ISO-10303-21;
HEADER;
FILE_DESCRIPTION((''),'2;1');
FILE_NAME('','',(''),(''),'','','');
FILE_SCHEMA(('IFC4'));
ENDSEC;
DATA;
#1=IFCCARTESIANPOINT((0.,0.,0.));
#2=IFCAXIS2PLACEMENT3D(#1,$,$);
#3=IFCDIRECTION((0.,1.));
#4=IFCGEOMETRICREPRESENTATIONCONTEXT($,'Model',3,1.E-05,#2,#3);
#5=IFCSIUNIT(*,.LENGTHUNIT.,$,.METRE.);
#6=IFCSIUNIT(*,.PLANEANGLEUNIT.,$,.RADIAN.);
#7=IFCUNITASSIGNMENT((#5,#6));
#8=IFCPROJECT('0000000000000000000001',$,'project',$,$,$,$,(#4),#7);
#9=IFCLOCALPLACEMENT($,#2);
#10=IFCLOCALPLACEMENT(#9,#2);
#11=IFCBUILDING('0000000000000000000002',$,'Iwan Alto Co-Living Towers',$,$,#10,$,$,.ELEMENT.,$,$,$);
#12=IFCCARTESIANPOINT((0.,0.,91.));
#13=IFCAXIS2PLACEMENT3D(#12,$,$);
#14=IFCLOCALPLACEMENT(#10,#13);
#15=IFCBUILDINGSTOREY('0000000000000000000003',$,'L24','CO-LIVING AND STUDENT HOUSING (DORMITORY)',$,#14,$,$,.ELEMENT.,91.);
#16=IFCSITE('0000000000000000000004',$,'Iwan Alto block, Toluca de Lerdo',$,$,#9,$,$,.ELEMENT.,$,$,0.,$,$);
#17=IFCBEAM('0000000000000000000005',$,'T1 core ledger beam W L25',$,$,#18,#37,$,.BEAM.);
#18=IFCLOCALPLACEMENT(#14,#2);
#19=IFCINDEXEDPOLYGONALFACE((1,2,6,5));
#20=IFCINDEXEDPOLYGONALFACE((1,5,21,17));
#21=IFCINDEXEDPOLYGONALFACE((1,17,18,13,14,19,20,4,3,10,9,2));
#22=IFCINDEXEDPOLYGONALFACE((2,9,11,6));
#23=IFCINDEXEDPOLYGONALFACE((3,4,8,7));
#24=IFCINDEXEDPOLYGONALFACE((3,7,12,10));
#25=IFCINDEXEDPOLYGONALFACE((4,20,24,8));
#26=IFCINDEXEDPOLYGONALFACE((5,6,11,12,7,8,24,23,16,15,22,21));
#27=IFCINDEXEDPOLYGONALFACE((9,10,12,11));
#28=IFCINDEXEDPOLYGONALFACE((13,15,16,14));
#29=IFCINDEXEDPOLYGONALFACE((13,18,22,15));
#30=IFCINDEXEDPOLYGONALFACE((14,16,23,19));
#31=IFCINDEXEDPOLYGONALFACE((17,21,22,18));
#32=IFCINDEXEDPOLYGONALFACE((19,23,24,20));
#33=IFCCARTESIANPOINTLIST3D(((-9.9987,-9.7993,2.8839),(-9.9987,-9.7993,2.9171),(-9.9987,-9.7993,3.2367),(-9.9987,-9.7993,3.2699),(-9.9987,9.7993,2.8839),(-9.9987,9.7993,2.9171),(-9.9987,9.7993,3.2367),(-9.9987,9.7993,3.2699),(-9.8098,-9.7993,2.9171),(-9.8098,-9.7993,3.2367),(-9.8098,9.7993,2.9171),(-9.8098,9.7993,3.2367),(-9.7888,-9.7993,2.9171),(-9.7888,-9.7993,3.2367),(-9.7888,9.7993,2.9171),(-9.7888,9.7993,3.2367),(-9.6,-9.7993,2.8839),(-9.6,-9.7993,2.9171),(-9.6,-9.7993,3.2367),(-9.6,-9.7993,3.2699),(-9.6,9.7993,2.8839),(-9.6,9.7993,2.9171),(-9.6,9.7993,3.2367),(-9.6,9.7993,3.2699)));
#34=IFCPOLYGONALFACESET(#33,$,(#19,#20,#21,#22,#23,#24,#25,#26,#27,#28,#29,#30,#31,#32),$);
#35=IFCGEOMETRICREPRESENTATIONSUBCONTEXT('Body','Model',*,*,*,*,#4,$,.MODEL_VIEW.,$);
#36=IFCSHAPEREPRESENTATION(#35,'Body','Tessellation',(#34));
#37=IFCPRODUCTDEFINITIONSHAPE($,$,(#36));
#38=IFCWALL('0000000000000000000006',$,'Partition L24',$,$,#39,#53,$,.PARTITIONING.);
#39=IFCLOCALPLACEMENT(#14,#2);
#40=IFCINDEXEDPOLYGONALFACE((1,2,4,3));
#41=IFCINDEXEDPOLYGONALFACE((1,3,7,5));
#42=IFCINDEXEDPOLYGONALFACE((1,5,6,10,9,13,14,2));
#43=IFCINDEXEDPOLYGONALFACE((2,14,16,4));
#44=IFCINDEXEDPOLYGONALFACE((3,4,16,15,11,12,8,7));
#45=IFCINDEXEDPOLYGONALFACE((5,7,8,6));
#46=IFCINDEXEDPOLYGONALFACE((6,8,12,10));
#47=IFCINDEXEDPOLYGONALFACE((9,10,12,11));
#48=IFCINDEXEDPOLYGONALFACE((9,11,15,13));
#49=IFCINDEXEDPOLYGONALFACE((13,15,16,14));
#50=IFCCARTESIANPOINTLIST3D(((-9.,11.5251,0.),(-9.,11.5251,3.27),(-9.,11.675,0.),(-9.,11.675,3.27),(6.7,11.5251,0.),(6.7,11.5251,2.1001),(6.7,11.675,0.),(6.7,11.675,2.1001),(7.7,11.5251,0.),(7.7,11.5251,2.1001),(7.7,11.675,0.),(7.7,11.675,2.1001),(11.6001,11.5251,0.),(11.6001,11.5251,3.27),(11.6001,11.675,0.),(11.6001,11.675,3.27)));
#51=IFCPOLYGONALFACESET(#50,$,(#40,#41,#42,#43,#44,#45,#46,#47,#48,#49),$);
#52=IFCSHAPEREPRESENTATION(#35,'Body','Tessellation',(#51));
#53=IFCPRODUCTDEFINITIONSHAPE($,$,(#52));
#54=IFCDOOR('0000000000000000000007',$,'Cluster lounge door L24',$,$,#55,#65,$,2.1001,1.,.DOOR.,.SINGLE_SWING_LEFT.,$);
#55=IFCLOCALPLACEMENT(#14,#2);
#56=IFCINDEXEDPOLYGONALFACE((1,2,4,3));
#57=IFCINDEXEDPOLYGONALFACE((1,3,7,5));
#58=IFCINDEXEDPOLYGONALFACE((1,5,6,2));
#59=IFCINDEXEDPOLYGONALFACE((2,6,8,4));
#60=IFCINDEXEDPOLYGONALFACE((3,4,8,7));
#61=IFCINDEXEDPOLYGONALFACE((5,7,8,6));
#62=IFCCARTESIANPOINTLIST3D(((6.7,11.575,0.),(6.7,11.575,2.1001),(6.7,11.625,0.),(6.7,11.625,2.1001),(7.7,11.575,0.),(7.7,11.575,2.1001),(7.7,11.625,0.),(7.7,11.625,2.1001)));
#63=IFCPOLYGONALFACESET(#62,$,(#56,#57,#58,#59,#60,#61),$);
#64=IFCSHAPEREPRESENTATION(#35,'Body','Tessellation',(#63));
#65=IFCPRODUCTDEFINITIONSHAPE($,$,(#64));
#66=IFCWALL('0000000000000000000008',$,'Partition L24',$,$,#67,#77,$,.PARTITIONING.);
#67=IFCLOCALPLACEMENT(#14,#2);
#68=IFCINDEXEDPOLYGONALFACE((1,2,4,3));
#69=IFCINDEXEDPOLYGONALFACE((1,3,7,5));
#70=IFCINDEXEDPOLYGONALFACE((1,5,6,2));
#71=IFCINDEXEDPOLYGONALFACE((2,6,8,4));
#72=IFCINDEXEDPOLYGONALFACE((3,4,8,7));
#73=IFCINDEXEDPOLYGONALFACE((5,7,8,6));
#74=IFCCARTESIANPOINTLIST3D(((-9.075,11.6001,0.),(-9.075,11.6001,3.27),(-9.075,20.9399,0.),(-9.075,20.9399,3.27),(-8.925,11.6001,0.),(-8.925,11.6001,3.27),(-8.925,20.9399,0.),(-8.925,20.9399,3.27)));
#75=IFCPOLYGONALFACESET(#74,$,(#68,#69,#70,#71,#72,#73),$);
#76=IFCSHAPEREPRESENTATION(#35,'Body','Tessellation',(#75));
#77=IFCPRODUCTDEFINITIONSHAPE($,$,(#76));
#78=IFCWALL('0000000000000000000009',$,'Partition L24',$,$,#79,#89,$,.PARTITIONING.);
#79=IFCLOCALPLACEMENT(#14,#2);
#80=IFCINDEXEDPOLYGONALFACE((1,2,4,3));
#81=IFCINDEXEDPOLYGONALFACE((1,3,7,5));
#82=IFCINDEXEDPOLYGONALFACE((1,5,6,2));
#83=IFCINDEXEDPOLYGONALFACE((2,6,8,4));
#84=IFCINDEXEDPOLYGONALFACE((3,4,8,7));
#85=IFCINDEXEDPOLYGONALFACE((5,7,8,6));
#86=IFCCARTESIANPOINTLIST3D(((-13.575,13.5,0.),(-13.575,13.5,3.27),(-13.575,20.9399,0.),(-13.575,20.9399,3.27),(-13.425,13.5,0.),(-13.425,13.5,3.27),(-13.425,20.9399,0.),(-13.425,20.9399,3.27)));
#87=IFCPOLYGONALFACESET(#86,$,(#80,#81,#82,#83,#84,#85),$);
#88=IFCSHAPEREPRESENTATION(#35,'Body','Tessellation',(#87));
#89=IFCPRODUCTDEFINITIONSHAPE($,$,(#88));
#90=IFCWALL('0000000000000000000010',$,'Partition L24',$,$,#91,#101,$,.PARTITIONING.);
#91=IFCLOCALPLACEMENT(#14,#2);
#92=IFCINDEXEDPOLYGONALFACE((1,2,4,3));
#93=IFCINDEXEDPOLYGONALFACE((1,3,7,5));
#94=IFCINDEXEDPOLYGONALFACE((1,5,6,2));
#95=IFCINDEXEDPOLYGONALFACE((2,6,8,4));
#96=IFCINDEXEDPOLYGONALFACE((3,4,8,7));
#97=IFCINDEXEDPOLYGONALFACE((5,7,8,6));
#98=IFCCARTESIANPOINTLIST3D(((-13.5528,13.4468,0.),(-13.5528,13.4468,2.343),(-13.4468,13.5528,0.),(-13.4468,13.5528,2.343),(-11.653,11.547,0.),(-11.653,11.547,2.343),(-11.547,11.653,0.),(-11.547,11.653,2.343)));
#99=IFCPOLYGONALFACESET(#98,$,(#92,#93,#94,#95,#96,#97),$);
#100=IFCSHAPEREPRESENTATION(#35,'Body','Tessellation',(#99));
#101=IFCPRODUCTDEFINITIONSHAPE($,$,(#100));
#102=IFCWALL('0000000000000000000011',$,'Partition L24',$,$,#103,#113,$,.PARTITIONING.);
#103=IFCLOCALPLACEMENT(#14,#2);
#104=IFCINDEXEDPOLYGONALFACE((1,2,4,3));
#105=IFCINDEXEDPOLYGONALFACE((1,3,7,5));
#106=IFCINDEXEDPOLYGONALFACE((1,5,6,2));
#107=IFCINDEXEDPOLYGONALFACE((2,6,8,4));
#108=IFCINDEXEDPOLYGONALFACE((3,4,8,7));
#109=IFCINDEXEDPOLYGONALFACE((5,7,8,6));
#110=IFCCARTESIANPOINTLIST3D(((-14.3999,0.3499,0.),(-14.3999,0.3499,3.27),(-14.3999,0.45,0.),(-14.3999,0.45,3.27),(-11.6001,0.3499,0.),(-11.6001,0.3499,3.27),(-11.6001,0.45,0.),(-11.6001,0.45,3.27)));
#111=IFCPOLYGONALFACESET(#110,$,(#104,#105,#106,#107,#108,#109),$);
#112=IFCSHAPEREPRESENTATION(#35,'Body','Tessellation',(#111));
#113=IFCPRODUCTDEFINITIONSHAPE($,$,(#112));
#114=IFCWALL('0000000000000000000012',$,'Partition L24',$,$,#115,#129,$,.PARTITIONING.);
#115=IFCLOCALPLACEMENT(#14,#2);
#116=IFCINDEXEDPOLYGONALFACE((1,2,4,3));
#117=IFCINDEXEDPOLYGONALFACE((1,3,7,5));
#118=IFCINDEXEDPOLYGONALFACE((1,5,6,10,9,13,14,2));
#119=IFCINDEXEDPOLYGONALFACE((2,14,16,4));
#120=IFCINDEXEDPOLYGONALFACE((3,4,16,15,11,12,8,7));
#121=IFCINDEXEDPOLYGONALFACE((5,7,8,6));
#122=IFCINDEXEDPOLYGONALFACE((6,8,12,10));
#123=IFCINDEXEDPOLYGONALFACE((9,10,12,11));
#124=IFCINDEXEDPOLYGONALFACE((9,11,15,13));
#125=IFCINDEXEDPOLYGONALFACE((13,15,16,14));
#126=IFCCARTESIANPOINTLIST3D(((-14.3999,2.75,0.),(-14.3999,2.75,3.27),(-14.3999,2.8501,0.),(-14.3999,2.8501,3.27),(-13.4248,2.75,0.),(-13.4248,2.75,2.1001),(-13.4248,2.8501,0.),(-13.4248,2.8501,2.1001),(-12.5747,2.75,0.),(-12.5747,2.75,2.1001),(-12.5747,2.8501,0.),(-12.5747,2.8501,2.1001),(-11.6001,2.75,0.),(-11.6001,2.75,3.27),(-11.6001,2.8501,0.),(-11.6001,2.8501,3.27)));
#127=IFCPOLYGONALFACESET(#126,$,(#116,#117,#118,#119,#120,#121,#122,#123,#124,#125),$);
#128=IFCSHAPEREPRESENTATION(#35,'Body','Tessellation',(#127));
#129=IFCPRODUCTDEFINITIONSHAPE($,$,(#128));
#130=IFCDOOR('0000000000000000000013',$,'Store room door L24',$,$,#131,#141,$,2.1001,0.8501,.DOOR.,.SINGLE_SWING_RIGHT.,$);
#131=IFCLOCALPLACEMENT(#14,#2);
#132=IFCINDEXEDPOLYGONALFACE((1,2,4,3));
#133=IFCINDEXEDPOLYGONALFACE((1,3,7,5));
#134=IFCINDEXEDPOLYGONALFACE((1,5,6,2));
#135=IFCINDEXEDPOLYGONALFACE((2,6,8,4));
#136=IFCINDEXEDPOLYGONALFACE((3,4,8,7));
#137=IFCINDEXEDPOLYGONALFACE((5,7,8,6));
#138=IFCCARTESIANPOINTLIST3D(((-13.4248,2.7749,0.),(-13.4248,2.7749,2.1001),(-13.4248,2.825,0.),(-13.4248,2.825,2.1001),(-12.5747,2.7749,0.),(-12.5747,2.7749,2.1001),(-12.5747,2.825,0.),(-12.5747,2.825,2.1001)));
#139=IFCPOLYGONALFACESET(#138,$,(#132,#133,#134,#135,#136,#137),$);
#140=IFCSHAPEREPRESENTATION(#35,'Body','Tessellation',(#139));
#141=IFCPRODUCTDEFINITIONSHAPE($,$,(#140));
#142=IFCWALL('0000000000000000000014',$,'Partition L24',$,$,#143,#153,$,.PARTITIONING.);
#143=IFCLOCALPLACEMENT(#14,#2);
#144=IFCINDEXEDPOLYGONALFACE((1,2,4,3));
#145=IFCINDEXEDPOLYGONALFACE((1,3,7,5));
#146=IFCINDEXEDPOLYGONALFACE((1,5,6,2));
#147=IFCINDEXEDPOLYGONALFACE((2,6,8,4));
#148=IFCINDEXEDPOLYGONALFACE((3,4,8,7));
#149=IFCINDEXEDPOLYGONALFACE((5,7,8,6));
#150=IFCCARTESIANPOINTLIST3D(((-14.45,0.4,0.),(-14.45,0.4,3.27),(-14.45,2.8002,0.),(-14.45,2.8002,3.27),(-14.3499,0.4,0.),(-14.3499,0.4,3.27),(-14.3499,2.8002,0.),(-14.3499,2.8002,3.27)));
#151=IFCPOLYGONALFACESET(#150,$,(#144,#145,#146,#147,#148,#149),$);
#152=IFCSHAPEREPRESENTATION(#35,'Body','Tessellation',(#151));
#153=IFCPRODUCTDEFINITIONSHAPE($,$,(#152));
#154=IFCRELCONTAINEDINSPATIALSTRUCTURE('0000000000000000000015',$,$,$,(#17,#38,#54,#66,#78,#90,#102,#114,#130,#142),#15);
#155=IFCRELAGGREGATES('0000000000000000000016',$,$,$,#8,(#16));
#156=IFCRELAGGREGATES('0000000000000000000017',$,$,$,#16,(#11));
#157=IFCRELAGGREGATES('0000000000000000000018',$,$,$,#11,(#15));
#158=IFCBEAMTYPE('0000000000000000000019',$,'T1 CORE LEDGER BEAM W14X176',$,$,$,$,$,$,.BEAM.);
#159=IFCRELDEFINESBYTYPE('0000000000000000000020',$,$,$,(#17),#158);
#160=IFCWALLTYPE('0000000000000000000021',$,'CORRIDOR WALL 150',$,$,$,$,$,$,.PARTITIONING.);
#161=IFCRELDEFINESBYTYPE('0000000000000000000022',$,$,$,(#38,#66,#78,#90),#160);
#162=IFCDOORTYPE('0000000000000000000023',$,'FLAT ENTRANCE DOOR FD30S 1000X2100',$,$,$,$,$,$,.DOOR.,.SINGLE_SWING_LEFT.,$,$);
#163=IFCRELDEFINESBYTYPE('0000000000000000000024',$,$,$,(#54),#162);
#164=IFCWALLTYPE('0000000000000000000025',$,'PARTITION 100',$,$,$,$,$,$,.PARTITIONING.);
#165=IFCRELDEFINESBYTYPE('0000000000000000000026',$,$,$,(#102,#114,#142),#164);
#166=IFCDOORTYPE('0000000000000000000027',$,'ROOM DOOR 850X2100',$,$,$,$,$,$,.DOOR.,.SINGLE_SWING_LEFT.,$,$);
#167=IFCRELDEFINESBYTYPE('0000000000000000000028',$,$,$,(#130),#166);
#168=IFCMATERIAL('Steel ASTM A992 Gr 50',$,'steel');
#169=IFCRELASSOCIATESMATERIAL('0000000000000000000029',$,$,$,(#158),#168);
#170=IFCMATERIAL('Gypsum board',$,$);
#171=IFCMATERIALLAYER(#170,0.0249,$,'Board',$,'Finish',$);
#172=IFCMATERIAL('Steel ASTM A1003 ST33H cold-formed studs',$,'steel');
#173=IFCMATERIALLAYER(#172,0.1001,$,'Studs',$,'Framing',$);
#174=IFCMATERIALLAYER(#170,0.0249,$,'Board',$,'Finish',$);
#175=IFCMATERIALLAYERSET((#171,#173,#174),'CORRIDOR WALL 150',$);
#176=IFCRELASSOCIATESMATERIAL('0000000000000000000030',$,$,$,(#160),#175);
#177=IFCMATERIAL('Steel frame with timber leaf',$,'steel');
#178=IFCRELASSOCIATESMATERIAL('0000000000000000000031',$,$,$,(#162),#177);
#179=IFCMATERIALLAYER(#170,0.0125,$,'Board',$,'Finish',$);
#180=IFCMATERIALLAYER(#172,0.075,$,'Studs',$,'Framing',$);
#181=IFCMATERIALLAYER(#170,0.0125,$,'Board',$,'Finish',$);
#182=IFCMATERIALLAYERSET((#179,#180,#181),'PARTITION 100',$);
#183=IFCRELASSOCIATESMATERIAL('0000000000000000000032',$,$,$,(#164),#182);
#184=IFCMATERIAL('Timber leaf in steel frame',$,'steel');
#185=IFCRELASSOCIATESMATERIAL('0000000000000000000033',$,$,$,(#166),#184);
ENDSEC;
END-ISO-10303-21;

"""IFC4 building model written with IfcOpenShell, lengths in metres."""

from ifc_helpers import new_model, si_unit, direction, frame, frame_2d, origin, origin_2d, place, context, subcontext, project, spatial, rectangle, i_section, extrude, material, layer, layer_set, material_profile, profile_set, type_object, element, fill, save


model = new_model("IFC4")

# Units and contexts
model_context = context("Model", 3, precision=1e-05, world=origin(), true_north=direction((0.0, 1.0)))
body_context = subcontext(model_context, "Body", "Model", "MODEL_VIEW")
ifc_project = project(units=[si_unit("LENGTHUNIT", "METRE"), si_unit("PLANEANGLEUNIT", "RADIAN")], contexts=[model_context])

# Site, building, storey
site_placement = place(None, origin())
site = spatial("IfcSite", under=ifc_project, at=site_placement, Name="Iwan Alto block, Toluca de Lerdo", CompositionType="ELEMENT", RefElevation=0.0)
building_placement = place(site_placement, origin())
building = spatial("IfcBuilding", under=site, at=building_placement, Name="Iwan Alto Co-Living Towers", CompositionType="ELEMENT")
storey_placement = place(building_placement, frame((0.0, 0.0, 91.0)))
storey = spatial("IfcBuildingStorey", under=building, at=storey_placement, Name="L24", Description="CO-LIVING AND STUDENT HOUSING (DORMITORY)", CompositionType="ELEMENT", Elevation=91.0)

# Beam
ifc_material_1 = material(Name="Steel ASTM A992 Gr 50", Category="steel")
ifc_material_profile = material_profile(ifc_material_1, i_section(OverallWidth=0.3987, OverallDepth=0.386, WebThickness=0.021, FlangeThickness=0.0332, at=origin_2d()), Name="W14X176")
ifc_profile_set = profile_set([ifc_material_profile], Name="Steel ASTM A992 Gr 50")
beam_type = type_object("IfcBeamType", Name="T1 CORE LEDGER BEAM W14X176", PredefinedType="BEAM", material=ifc_profile_set)
beam_placement = place(storey_placement, frame((-9.7993, 9.7993, 3.0769), z_axis=(0.0, -1.0, 0.0), x_axis=(1.0, 0.0, 0.0)))
element("IfcBeam", 1, at=beam_placement, inside=storey, type_object=beam_type, Name="T1 core ledger beam W L25", PredefinedType="BEAM", context=body_context, shape_type="SweptSolid", body=[
    extrude(i_section(OverallWidth=0.3987, OverallDepth=0.386, WebThickness=0.021, FlangeThickness=0.0332, at=origin_2d()), origin(), (0.0, 0.0, 1.0), 19.5986),
])

# Wall, opening, door
ifc_material_2 = material(Name="Gypsum board")
ifc_layer_1 = layer(ifc_material_2, 0.0249, Name="Board", Category="Finish")
ifc_material_3 = material(Name="Steel ASTM A1003 ST33H cold-formed studs", Category="steel")
ifc_layer_2 = layer(ifc_material_3, 0.1001, Name="Studs", Category="Framing")
ifc_layer_3 = layer(ifc_material_2, 0.0249, Name="Board", Category="Finish")
ifc_layer_set_1 = layer_set([ifc_layer_1, ifc_layer_2, ifc_layer_3], Name="CORRIDOR WALL 150")
wall_type_1 = type_object("IfcWallType", Name="CORRIDOR WALL 150", PredefinedType="PARTITIONING", material=ifc_layer_set_1)
wall_1_placement = place(storey_placement, frame((-9.0, 11.6001, 0.0), z_axis=(0.0, 0.0, 1.0), x_axis=(1.0, 0.0, 0.0)))
wall_1 = element("IfcWall", 2, at=wall_1_placement, inside=storey, type_object=wall_type_1, Name="Partition L24", PredefinedType="PARTITIONING", context=body_context, shape_type="SweptSolid", body=[
    extrude(rectangle(XDim=20.6001, YDim=0.1499, at=frame_2d((10.3, 0.0))), origin(), (0.0, 0.0, 1.0), 3.27),
])
opening_1_placement = place(wall_1_placement, frame((15.7, 0.0, 0.0)))
opening_1 = element("IfcOpeningElement", 3, at=opening_1_placement, cuts=wall_1, PredefinedType="OPENING", context=body_context, shape_type="SweptSolid", body=[
    extrude(rectangle(XDim=1.0, YDim=2.1001, at=frame_2d((0.5, 1.05))), frame((0.0, 0.085, 0.0), z_axis=(0.0, -1.0, 0.0), x_axis=(1.0, 0.0, 0.0)), (0.0, 0.0, 1.0), 0.1699),
])
ifc_material_4 = material(Name="Steel frame with timber leaf", Category="steel")
door_type_1 = type_object("IfcDoorType", Name="FLAT ENTRANCE DOOR FD30S 1000X2100", OperationType="SINGLE_SWING_LEFT", PredefinedType="DOOR", material=ifc_material_4)
door_1_placement = place(opening_1_placement, origin())
door_1 = element("IfcDoor", 4, at=door_1_placement, inside=storey, type_object=door_type_1, Name="Cluster lounge door L24", OperationType="SINGLE_SWING_LEFT", OverallHeight=2.1001, OverallWidth=1.0, PredefinedType="DOOR", context=body_context, shape_type="SweptSolid", body=[
    extrude(rectangle(XDim=1.0, YDim=2.1001, at=frame_2d((0.5, 1.05))), frame((0.0, 0.0249, 0.0), z_axis=(0.0, -1.0, 0.0), x_axis=(1.0, 0.0, 0.0)), (0.0, 0.0, 1.0), 0.05),
])
fill(opening_1, door_1)

# Walls
wall_2_placement = place(storey_placement, frame((-9.0, 11.6001, 0.0), z_axis=(0.0, 0.0, 1.0), x_axis=(0.0, 1.0, 0.0)))
element("IfcWall", 5, at=wall_2_placement, inside=storey, type_object=wall_type_1, Name="Partition L24", PredefinedType="PARTITIONING", context=body_context, shape_type="SweptSolid", body=[
    extrude(rectangle(XDim=9.3398, YDim=0.1499, at=frame_2d((4.6699, 0.0))), origin(), (0.0, 0.0, 1.0), 3.27),
])
wall_3_placement = place(storey_placement, frame((-13.5, 13.5, 0.0), z_axis=(0.0, 0.0, 1.0), x_axis=(0.0, 1.0, 0.0)))
element("IfcWall", 6, at=wall_3_placement, inside=storey, type_object=wall_type_1, Name="Partition L24", PredefinedType="PARTITIONING", context=body_context, shape_type="SweptSolid", body=[
    extrude(rectangle(XDim=7.4399, YDim=0.1499, at=frame_2d((3.72, 0.0))), origin(), (0.0, 0.0, 1.0), 3.27),
])
wall_4_placement = place(storey_placement, frame((-11.6001, 11.6001, 0.0), z_axis=(0.0, 0.0, 1.0), x_axis=(-0.707107, 0.707107, 0.0)))
element("IfcWall", 7, at=wall_4_placement, inside=storey, type_object=wall_type_1, Name="Partition L24", PredefinedType="PARTITIONING", context=body_context, shape_type="SweptSolid", body=[
    extrude(rectangle(XDim=2.6868, YDim=0.1499, at=frame_2d((1.3433, 0.0))), origin(), (0.0, 0.0, 1.0), 2.343),
])
ifc_layer_4 = layer(ifc_material_2, 0.0125, Name="Board", Category="Finish")
ifc_layer_5 = layer(ifc_material_3, 0.075, Name="Studs", Category="Framing")
ifc_layer_6 = layer(ifc_material_2, 0.0125, Name="Board", Category="Finish")
ifc_layer_set_2 = layer_set([ifc_layer_4, ifc_layer_5, ifc_layer_6], Name="PARTITION 100")
wall_type_2 = type_object("IfcWallType", Name="PARTITION 100", PredefinedType="PARTITIONING", material=ifc_layer_set_2)
wall_5_placement = place(storey_placement, frame((-14.3999, 0.3999, 0.0), z_axis=(0.0, 0.0, 1.0), x_axis=(1.0, 0.0, 0.0)))
element("IfcWall", 8, at=wall_5_placement, inside=storey, type_object=wall_type_2, Name="Partition L24", PredefinedType="PARTITIONING", context=body_context, shape_type="SweptSolid", body=[
    extrude(rectangle(XDim=2.7998, YDim=0.1001, at=frame_2d((1.3999, 0.0))), origin(), (0.0, 0.0, 1.0), 3.27),
])

# Wall, opening, door
wall_6_placement = place(storey_placement, frame((-14.3999, 2.8, 0.0), z_axis=(0.0, 0.0, 1.0), x_axis=(1.0, 0.0, 0.0)))
wall_6 = element("IfcWall", 9, at=wall_6_placement, inside=storey, type_object=wall_type_2, Name="Partition L24", PredefinedType="PARTITIONING", context=body_context, shape_type="SweptSolid", body=[
    extrude(rectangle(XDim=2.7998, YDim=0.1001, at=frame_2d((1.3999, 0.0))), origin(), (0.0, 0.0, 1.0), 3.27),
])
opening_2_placement = place(wall_6_placement, frame((0.9751, 0.0, 0.0)))
opening_2 = element("IfcOpeningElement", 10, at=opening_2_placement, cuts=wall_6, PredefinedType="OPENING", context=body_context, shape_type="SweptSolid", body=[
    extrude(rectangle(XDim=0.8501, YDim=2.1001, at=frame_2d((0.425, 1.05))), frame((0.0, 0.0601, 0.0), z_axis=(0.0, -1.0, 0.0), x_axis=(1.0, 0.0, 0.0)), (0.0, 0.0, 1.0), 0.1201),
])
ifc_material_5 = material(Name="Timber leaf in steel frame", Category="steel")
door_type_2 = type_object("IfcDoorType", Name="ROOM DOOR 850X2100", OperationType="SINGLE_SWING_LEFT", PredefinedType="DOOR", material=ifc_material_5)
door_2_placement = place(opening_2_placement, origin())
door_2 = element("IfcDoor", 11, at=door_2_placement, inside=storey, type_object=door_type_2, Name="Store room door L24", OperationType="SINGLE_SWING_RIGHT", OverallHeight=2.1001, OverallWidth=0.8501, PredefinedType="DOOR", context=body_context, shape_type="SweptSolid", body=[
    extrude(rectangle(XDim=0.8501, YDim=2.1001, at=frame_2d((0.425, 1.05))), frame((0.0, 0.0249, 0.0), z_axis=(0.0, -1.0, 0.0), x_axis=(1.0, 0.0, 0.0)), (0.0, 0.0, 1.0), 0.05),
])
fill(opening_2, door_2)

# Wall
wall_7_placement = place(storey_placement, frame((-14.3999, 0.3999, 0.0), z_axis=(0.0, 0.0, 1.0), x_axis=(0.0, 1.0, 0.0)))
element("IfcWall", 12, at=wall_7_placement, inside=storey, type_object=wall_type_2, Name="Partition L24", PredefinedType="PARTITIONING", context=body_context, shape_type="SweptSolid", body=[
    extrude(rectangle(XDim=2.4001, YDim=0.1001, at=frame_2d((1.2002, 0.0))), origin(), (0.0, 0.0, 1.0), 3.27),
])

save(model, "model.ifc")
